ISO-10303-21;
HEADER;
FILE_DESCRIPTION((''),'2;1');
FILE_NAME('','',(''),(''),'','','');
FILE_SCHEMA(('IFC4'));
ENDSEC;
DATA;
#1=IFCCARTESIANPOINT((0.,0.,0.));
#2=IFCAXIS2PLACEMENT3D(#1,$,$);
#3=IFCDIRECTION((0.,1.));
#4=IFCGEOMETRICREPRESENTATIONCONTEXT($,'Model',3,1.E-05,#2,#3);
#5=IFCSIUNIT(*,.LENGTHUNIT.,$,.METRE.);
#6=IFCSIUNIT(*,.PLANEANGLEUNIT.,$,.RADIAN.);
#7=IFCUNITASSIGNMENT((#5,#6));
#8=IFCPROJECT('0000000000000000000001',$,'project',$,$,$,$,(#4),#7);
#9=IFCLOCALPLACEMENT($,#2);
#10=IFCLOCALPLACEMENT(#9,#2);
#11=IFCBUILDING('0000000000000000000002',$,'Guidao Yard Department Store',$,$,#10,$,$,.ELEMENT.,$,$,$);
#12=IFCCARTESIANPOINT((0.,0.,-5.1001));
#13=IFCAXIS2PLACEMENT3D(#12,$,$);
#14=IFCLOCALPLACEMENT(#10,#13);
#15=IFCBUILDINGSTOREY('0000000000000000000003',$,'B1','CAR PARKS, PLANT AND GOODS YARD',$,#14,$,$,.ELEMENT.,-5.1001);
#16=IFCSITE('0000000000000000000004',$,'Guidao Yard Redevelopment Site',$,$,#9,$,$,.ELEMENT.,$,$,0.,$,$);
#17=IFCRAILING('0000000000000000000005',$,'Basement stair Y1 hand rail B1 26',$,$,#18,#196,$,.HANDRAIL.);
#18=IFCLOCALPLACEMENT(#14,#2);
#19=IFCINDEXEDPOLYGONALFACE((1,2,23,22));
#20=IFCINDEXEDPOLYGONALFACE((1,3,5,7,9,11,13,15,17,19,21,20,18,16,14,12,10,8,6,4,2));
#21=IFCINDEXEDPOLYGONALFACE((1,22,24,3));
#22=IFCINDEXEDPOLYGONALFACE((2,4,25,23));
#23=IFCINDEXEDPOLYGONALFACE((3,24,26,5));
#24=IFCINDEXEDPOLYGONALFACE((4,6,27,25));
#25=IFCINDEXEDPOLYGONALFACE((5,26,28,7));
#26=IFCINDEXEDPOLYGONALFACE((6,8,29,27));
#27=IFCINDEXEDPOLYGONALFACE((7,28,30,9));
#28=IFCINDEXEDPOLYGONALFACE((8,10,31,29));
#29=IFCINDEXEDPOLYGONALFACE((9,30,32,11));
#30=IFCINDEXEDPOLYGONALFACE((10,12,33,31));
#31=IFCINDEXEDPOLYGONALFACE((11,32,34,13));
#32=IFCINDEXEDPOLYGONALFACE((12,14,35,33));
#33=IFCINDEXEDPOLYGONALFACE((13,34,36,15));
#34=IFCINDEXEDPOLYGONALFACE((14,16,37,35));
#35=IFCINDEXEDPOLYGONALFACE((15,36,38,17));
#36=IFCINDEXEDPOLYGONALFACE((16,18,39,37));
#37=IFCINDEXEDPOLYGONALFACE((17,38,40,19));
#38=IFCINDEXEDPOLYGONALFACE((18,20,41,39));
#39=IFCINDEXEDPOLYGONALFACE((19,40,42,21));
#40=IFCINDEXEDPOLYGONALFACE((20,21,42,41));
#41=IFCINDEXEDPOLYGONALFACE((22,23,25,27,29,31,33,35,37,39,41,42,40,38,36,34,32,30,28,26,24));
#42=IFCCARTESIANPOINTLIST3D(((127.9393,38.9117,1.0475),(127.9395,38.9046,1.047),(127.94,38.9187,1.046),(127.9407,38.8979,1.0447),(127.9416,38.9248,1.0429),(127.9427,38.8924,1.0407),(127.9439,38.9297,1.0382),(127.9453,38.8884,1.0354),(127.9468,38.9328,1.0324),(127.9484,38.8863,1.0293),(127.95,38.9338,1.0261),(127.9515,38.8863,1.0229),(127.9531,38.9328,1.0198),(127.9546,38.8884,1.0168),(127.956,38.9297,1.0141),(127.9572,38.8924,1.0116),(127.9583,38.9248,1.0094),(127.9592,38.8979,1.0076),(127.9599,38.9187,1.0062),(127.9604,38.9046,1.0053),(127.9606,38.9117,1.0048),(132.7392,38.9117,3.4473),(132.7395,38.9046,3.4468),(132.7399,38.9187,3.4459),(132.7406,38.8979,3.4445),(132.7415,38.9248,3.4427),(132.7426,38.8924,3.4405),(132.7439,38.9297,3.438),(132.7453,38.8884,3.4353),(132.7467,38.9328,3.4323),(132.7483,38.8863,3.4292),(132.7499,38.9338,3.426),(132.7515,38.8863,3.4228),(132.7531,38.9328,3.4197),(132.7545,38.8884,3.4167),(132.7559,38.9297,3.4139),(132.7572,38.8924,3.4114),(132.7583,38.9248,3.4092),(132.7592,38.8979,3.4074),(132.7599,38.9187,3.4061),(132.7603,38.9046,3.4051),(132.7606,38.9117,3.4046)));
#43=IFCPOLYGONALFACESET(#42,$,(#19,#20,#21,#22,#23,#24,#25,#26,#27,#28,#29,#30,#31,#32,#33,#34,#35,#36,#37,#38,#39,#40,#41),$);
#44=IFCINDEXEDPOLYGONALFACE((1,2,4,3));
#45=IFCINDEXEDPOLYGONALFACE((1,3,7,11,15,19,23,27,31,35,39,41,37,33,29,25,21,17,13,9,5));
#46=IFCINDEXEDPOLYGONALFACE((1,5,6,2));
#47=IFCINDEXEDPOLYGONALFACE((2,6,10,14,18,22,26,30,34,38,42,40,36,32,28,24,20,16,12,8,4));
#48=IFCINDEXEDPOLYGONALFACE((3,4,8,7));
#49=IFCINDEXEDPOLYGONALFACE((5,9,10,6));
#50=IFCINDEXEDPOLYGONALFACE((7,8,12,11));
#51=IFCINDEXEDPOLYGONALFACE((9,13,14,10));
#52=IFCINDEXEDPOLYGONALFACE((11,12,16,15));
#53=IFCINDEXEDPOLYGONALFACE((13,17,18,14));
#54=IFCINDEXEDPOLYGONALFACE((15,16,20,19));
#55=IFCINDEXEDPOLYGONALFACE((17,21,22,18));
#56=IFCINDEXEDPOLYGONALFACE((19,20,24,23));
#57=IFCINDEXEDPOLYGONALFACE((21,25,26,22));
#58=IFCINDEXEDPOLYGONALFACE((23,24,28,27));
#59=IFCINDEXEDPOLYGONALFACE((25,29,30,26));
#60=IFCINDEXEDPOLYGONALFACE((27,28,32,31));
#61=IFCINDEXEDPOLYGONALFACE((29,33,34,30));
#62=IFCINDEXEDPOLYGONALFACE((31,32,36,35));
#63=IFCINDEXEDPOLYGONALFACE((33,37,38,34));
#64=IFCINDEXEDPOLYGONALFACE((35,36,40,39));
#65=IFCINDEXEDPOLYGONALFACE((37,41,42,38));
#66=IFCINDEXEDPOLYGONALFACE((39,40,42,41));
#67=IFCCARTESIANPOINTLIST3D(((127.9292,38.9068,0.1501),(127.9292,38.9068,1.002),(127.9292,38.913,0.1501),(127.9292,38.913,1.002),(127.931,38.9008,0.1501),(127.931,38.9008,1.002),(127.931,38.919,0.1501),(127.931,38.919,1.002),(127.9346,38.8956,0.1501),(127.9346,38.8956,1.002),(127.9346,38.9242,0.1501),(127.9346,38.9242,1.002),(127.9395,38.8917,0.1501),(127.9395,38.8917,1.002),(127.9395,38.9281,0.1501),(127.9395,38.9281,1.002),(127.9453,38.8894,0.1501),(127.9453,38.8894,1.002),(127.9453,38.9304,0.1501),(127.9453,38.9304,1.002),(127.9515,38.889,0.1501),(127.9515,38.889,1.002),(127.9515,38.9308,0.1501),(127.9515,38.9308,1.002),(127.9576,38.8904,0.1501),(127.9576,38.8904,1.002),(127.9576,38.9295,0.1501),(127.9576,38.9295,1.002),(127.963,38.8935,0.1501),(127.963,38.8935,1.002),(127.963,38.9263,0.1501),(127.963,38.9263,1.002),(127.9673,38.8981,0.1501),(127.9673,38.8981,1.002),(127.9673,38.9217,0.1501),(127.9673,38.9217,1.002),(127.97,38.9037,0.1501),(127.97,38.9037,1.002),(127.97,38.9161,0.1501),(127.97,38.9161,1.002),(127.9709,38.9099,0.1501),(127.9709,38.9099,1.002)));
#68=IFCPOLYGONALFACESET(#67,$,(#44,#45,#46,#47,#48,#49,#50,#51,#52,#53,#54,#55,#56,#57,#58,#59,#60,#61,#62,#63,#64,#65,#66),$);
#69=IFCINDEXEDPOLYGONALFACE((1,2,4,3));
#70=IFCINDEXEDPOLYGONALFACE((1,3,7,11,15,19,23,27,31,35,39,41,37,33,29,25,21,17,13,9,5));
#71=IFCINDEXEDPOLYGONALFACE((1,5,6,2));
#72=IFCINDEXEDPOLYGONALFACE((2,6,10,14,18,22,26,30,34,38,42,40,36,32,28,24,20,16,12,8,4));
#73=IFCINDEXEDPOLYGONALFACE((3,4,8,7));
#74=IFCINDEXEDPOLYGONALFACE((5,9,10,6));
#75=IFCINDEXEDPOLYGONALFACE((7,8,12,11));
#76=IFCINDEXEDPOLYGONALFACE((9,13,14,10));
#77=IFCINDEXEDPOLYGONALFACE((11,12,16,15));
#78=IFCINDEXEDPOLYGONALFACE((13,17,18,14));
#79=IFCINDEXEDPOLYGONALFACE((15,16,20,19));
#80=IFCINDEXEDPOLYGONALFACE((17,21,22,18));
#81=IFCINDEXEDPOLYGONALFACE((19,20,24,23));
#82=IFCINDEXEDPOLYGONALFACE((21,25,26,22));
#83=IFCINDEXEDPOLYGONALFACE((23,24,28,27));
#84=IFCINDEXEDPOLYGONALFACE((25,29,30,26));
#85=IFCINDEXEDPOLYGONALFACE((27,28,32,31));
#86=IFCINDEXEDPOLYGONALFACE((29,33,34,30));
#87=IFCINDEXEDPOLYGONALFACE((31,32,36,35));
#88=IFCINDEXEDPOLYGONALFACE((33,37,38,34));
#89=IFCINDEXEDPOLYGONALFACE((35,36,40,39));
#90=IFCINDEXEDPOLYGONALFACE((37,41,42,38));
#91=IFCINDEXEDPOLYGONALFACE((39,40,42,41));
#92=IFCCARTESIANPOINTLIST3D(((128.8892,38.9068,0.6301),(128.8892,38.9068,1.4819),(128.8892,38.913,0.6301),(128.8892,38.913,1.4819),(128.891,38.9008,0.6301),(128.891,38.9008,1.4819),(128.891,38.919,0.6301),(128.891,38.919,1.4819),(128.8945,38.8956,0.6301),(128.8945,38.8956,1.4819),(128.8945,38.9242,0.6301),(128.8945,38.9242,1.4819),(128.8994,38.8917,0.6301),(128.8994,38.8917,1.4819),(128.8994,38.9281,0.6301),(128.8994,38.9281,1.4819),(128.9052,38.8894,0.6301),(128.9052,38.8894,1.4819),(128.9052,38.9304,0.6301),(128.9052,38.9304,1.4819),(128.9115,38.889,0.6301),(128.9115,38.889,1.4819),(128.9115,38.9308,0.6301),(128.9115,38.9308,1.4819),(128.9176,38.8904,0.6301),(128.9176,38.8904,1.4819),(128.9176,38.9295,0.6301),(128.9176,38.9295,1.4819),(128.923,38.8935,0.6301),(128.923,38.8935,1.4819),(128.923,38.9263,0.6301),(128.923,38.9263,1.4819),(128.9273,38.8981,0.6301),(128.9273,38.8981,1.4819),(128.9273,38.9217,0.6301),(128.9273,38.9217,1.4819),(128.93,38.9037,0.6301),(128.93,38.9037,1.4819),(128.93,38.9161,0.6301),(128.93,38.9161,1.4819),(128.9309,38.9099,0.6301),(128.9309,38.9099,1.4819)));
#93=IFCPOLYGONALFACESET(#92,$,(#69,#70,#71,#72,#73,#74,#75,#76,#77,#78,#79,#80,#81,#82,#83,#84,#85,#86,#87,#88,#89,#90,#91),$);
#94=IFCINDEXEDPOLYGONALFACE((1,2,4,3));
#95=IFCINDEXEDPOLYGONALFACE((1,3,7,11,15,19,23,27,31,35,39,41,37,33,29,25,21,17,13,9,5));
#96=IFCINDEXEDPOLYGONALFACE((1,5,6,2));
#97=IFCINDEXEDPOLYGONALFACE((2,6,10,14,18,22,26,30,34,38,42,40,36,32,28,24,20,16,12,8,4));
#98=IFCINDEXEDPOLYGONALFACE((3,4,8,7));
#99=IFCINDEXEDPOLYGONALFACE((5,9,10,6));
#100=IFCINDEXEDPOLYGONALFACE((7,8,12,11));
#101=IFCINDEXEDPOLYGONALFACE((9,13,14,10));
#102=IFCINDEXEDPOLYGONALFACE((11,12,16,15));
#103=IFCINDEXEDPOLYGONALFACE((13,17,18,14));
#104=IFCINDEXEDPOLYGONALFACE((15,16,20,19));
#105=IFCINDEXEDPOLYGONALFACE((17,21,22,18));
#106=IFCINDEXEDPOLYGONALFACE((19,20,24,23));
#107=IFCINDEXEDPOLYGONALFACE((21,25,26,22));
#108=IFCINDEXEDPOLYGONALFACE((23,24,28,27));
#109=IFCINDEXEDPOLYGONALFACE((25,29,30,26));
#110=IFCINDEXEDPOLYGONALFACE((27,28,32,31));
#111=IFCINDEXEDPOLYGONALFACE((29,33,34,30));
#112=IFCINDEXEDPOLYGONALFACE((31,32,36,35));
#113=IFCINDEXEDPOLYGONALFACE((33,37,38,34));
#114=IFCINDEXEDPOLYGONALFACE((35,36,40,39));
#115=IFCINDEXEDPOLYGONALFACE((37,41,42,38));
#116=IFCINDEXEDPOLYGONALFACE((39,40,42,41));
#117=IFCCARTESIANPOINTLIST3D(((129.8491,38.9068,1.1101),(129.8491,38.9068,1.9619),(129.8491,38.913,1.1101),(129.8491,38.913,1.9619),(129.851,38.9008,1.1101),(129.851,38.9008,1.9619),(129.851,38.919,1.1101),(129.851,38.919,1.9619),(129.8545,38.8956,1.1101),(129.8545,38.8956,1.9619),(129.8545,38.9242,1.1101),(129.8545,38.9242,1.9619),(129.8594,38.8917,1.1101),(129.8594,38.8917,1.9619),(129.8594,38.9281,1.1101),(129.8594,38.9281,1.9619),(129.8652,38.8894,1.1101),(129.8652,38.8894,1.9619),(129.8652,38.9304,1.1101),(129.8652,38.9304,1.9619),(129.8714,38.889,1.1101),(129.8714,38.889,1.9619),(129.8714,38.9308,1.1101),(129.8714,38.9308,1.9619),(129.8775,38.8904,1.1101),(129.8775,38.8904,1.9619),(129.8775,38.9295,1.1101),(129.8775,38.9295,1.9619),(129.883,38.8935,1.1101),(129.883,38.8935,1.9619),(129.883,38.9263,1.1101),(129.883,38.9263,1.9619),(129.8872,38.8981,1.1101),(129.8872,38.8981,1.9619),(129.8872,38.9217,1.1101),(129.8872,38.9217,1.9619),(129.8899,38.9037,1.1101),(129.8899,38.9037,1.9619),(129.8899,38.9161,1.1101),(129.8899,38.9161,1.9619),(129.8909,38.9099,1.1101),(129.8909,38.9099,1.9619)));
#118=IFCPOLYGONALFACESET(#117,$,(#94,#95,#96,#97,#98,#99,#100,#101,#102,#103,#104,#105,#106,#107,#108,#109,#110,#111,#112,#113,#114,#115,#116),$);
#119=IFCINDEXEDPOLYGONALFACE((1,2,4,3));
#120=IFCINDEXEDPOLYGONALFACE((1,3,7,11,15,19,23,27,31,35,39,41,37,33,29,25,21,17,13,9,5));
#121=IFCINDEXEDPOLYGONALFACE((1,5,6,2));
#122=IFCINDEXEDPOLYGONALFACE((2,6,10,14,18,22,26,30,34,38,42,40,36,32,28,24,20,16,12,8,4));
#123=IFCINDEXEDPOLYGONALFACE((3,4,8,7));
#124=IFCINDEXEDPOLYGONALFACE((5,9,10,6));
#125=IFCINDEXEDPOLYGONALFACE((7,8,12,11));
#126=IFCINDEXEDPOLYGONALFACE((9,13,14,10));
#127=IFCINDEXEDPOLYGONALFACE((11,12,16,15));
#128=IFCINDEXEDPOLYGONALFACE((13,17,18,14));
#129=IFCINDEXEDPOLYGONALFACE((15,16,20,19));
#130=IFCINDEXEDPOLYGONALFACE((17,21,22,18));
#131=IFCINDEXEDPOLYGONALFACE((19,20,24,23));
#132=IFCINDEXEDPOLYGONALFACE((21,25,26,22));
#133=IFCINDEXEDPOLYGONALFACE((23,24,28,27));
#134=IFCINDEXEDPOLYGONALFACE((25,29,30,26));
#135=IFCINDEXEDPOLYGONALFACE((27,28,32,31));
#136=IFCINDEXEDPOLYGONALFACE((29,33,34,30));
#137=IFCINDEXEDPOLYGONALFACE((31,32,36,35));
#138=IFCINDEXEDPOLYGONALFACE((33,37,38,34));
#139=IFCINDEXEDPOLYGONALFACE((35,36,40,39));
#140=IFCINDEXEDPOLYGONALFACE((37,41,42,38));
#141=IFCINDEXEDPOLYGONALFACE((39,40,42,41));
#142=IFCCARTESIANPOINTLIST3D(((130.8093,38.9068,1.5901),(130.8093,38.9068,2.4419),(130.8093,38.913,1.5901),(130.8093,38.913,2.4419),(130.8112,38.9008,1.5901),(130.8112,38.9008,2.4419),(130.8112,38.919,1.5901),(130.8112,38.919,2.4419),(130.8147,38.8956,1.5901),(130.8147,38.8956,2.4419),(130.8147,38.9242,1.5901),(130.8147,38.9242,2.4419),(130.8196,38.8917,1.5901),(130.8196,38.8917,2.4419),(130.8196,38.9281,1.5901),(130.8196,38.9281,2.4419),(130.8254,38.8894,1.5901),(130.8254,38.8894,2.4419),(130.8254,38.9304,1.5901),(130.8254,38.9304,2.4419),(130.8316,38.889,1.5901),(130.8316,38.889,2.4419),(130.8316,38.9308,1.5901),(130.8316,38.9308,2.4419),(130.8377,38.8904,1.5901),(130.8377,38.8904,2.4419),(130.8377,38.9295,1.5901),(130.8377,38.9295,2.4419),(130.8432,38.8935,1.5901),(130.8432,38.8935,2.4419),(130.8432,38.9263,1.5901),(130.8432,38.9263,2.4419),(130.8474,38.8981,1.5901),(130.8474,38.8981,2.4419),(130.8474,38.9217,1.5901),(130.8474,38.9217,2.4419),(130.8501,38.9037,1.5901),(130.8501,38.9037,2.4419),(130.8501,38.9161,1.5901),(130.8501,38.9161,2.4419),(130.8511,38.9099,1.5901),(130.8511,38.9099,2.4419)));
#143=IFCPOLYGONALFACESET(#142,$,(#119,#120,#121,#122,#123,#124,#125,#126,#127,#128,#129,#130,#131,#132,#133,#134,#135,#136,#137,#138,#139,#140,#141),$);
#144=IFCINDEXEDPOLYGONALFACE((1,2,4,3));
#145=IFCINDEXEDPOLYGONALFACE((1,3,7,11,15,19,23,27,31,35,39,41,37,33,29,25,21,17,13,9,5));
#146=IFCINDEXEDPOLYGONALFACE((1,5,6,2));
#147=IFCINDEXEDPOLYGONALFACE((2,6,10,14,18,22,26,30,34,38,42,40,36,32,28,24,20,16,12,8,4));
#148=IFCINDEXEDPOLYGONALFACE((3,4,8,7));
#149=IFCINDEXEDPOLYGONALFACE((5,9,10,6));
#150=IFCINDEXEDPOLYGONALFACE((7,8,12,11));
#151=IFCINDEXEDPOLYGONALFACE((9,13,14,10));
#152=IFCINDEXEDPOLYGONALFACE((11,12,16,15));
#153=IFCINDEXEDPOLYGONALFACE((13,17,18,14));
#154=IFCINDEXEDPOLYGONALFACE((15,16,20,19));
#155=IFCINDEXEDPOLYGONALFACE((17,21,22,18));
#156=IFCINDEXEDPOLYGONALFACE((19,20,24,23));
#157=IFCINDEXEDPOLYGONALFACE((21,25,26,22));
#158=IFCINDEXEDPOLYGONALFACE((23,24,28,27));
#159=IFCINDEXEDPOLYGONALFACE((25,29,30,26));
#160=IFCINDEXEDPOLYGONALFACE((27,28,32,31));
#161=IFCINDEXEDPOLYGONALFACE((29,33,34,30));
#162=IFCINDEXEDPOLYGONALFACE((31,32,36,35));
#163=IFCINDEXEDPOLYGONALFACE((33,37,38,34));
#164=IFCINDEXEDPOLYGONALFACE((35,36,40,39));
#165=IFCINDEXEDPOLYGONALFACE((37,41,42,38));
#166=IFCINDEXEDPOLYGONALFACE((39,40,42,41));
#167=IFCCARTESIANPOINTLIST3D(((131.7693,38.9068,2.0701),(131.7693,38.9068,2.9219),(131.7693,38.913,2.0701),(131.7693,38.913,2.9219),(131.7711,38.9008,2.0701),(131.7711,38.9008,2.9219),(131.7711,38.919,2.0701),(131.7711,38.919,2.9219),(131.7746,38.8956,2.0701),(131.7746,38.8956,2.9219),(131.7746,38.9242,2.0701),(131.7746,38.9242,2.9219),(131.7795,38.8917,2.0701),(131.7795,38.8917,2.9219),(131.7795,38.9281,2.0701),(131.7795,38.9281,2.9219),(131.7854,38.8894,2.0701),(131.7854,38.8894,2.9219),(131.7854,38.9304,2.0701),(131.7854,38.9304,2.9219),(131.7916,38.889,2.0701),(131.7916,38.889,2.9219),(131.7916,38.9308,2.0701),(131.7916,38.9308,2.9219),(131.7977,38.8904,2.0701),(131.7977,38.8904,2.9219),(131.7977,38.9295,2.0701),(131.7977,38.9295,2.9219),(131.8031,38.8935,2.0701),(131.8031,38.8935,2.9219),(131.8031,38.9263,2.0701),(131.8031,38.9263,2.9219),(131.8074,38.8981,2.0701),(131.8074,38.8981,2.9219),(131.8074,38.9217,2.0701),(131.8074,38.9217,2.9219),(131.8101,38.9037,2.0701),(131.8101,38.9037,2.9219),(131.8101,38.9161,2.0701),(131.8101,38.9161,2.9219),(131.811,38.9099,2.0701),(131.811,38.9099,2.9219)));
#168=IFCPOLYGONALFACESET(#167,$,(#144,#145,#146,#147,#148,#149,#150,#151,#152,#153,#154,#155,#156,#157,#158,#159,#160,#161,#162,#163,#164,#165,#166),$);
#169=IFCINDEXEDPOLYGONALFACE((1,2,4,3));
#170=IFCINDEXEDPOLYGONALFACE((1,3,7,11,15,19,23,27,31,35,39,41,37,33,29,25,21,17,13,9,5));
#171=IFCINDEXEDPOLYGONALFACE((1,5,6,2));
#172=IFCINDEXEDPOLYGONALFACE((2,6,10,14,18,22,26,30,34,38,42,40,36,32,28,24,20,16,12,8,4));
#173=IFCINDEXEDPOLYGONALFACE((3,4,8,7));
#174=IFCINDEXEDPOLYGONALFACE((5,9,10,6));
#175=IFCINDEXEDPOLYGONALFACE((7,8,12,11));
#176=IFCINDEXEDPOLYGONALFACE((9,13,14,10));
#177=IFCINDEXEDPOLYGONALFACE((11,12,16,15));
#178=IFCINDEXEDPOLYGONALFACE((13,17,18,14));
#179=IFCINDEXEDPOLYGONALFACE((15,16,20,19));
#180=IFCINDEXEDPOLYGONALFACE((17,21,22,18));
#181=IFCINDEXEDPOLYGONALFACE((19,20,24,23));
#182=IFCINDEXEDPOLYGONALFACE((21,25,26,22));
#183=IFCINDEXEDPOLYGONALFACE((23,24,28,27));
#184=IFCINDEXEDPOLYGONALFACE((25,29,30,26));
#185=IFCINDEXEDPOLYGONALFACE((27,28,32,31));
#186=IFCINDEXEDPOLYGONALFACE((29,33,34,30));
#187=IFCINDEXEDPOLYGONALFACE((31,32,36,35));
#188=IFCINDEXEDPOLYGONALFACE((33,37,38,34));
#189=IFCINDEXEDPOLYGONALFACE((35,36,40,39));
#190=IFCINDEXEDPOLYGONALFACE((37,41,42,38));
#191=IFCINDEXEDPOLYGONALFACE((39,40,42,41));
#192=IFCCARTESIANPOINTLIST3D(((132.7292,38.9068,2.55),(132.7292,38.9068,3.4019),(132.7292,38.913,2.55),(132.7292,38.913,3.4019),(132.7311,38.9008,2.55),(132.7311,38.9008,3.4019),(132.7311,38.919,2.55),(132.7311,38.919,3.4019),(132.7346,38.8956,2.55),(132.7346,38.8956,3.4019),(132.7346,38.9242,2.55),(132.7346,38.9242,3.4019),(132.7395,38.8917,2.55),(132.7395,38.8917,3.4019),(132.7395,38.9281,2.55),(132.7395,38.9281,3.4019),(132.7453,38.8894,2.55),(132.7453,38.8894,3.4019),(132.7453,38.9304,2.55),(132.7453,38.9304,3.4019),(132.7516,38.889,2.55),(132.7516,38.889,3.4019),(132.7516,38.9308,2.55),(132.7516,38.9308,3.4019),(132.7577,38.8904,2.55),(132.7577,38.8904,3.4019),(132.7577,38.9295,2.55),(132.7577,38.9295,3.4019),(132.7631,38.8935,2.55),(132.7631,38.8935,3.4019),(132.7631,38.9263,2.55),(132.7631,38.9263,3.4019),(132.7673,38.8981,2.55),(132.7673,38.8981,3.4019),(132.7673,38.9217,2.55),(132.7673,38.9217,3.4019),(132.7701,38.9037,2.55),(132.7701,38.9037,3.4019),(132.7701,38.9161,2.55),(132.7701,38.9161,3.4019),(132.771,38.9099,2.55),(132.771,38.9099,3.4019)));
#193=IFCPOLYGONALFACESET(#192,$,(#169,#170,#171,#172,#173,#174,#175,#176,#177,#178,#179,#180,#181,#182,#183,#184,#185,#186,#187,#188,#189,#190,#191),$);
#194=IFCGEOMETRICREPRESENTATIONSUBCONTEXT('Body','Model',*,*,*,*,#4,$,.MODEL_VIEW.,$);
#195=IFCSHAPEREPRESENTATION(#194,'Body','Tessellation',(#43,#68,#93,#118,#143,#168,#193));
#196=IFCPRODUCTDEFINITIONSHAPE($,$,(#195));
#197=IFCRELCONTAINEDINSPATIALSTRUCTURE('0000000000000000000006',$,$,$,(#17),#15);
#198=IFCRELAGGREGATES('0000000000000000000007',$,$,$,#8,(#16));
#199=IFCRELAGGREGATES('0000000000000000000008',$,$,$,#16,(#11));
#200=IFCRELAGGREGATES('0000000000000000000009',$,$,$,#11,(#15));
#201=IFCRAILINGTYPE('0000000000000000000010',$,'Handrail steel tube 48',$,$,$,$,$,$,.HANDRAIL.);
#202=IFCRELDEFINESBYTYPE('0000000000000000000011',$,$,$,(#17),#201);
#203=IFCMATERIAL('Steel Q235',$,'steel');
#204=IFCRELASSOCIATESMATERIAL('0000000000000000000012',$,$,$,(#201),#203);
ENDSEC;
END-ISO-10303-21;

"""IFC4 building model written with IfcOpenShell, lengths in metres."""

from ifc_helpers import new_model, si_unit, direction, frame, origin, origin_2d, place, context, subcontext, project, spatial, circle, extrude, material, type_object, element, save


model = new_model("IFC4")

# Units and contexts
model_context = context("Model", 3, precision=1e-05, world=origin(), true_north=direction((0.0, 1.0)))
body_context = subcontext(model_context, "Body", "Model", "MODEL_VIEW")
ifc_project = project(units=[si_unit("LENGTHUNIT", "METRE"), si_unit("PLANEANGLEUNIT", "RADIAN")], contexts=[model_context])

# Site, building, storey
site_placement = place(None, origin())
site = spatial("IfcSite", under=ifc_project, at=site_placement, Name="Guidao Yard Redevelopment Site", CompositionType="ELEMENT", RefElevation=0.0)
building_placement = place(site_placement, origin())
building = spatial("IfcBuilding", under=site, at=building_placement, Name="Guidao Yard Department Store", CompositionType="ELEMENT")
storey_placement = place(building_placement, frame((0.0, 0.0, -5.1001)))
storey = spatial("IfcBuildingStorey", under=building, at=storey_placement, Name="B1", Description="CAR PARKS, PLANT AND GOODS YARD", CompositionType="ELEMENT", Elevation=-5.1001)

# Railing
ifc_material_1 = material(Name="Steel Q235", Category="steel")
railing_type_1 = type_object("IfcRailingType", Name="Handrail steel tube 48", PredefinedType="HANDRAIL", material=ifc_material_1)
for number, where, name in (
    (1, (127.95, 38.9099, 0.1501), "Basement stair Y1 hand rail B1 26"),
):
    element("IfcRailing", number, at=place(storey_placement, frame(where)), inside=storey, type_object=railing_type_1, Name=name, PredefinedType="HANDRAIL", context=body_context, shape_type="SweptSolid", body=[
        extrude(circle(Radius=0.0239, at=origin_2d()), frame((0.0, 0.0, 0.876), z_axis=(0.894436, 0.0, 0.447195), x_axis=(0.0, 1.0, 0.0)), (0.0, 0.0, 1.0), 5.3665),
        extrude(circle(Radius=0.021, at=origin_2d()), origin(), (0.0, 0.0, 1.0), 0.8518),
        extrude(circle(Radius=0.021, at=origin_2d()), frame((0.96, 0.0, 0.48)), (0.0, 0.0, 1.0), 0.8518),
        extrude(circle(Radius=0.021, at=origin_2d()), frame((1.9199, 0.0, 0.96)), (0.0, 0.0, 1.0), 0.8518),
        extrude(circle(Radius=0.021, at=origin_2d()), frame((2.8801, 0.0, 1.4399)), (0.0, 0.0, 1.0), 0.8518),
        extrude(circle(Radius=0.021, at=origin_2d()), frame((3.8401, 0.0, 1.9199)), (0.0, 0.0, 1.0), 0.8518),
        extrude(circle(Radius=0.021, at=origin_2d()), frame((4.8, 0.0, 2.3999)), (0.0, 0.0, 1.0), 0.8518),
    ])

save(model, "model.ifc")
